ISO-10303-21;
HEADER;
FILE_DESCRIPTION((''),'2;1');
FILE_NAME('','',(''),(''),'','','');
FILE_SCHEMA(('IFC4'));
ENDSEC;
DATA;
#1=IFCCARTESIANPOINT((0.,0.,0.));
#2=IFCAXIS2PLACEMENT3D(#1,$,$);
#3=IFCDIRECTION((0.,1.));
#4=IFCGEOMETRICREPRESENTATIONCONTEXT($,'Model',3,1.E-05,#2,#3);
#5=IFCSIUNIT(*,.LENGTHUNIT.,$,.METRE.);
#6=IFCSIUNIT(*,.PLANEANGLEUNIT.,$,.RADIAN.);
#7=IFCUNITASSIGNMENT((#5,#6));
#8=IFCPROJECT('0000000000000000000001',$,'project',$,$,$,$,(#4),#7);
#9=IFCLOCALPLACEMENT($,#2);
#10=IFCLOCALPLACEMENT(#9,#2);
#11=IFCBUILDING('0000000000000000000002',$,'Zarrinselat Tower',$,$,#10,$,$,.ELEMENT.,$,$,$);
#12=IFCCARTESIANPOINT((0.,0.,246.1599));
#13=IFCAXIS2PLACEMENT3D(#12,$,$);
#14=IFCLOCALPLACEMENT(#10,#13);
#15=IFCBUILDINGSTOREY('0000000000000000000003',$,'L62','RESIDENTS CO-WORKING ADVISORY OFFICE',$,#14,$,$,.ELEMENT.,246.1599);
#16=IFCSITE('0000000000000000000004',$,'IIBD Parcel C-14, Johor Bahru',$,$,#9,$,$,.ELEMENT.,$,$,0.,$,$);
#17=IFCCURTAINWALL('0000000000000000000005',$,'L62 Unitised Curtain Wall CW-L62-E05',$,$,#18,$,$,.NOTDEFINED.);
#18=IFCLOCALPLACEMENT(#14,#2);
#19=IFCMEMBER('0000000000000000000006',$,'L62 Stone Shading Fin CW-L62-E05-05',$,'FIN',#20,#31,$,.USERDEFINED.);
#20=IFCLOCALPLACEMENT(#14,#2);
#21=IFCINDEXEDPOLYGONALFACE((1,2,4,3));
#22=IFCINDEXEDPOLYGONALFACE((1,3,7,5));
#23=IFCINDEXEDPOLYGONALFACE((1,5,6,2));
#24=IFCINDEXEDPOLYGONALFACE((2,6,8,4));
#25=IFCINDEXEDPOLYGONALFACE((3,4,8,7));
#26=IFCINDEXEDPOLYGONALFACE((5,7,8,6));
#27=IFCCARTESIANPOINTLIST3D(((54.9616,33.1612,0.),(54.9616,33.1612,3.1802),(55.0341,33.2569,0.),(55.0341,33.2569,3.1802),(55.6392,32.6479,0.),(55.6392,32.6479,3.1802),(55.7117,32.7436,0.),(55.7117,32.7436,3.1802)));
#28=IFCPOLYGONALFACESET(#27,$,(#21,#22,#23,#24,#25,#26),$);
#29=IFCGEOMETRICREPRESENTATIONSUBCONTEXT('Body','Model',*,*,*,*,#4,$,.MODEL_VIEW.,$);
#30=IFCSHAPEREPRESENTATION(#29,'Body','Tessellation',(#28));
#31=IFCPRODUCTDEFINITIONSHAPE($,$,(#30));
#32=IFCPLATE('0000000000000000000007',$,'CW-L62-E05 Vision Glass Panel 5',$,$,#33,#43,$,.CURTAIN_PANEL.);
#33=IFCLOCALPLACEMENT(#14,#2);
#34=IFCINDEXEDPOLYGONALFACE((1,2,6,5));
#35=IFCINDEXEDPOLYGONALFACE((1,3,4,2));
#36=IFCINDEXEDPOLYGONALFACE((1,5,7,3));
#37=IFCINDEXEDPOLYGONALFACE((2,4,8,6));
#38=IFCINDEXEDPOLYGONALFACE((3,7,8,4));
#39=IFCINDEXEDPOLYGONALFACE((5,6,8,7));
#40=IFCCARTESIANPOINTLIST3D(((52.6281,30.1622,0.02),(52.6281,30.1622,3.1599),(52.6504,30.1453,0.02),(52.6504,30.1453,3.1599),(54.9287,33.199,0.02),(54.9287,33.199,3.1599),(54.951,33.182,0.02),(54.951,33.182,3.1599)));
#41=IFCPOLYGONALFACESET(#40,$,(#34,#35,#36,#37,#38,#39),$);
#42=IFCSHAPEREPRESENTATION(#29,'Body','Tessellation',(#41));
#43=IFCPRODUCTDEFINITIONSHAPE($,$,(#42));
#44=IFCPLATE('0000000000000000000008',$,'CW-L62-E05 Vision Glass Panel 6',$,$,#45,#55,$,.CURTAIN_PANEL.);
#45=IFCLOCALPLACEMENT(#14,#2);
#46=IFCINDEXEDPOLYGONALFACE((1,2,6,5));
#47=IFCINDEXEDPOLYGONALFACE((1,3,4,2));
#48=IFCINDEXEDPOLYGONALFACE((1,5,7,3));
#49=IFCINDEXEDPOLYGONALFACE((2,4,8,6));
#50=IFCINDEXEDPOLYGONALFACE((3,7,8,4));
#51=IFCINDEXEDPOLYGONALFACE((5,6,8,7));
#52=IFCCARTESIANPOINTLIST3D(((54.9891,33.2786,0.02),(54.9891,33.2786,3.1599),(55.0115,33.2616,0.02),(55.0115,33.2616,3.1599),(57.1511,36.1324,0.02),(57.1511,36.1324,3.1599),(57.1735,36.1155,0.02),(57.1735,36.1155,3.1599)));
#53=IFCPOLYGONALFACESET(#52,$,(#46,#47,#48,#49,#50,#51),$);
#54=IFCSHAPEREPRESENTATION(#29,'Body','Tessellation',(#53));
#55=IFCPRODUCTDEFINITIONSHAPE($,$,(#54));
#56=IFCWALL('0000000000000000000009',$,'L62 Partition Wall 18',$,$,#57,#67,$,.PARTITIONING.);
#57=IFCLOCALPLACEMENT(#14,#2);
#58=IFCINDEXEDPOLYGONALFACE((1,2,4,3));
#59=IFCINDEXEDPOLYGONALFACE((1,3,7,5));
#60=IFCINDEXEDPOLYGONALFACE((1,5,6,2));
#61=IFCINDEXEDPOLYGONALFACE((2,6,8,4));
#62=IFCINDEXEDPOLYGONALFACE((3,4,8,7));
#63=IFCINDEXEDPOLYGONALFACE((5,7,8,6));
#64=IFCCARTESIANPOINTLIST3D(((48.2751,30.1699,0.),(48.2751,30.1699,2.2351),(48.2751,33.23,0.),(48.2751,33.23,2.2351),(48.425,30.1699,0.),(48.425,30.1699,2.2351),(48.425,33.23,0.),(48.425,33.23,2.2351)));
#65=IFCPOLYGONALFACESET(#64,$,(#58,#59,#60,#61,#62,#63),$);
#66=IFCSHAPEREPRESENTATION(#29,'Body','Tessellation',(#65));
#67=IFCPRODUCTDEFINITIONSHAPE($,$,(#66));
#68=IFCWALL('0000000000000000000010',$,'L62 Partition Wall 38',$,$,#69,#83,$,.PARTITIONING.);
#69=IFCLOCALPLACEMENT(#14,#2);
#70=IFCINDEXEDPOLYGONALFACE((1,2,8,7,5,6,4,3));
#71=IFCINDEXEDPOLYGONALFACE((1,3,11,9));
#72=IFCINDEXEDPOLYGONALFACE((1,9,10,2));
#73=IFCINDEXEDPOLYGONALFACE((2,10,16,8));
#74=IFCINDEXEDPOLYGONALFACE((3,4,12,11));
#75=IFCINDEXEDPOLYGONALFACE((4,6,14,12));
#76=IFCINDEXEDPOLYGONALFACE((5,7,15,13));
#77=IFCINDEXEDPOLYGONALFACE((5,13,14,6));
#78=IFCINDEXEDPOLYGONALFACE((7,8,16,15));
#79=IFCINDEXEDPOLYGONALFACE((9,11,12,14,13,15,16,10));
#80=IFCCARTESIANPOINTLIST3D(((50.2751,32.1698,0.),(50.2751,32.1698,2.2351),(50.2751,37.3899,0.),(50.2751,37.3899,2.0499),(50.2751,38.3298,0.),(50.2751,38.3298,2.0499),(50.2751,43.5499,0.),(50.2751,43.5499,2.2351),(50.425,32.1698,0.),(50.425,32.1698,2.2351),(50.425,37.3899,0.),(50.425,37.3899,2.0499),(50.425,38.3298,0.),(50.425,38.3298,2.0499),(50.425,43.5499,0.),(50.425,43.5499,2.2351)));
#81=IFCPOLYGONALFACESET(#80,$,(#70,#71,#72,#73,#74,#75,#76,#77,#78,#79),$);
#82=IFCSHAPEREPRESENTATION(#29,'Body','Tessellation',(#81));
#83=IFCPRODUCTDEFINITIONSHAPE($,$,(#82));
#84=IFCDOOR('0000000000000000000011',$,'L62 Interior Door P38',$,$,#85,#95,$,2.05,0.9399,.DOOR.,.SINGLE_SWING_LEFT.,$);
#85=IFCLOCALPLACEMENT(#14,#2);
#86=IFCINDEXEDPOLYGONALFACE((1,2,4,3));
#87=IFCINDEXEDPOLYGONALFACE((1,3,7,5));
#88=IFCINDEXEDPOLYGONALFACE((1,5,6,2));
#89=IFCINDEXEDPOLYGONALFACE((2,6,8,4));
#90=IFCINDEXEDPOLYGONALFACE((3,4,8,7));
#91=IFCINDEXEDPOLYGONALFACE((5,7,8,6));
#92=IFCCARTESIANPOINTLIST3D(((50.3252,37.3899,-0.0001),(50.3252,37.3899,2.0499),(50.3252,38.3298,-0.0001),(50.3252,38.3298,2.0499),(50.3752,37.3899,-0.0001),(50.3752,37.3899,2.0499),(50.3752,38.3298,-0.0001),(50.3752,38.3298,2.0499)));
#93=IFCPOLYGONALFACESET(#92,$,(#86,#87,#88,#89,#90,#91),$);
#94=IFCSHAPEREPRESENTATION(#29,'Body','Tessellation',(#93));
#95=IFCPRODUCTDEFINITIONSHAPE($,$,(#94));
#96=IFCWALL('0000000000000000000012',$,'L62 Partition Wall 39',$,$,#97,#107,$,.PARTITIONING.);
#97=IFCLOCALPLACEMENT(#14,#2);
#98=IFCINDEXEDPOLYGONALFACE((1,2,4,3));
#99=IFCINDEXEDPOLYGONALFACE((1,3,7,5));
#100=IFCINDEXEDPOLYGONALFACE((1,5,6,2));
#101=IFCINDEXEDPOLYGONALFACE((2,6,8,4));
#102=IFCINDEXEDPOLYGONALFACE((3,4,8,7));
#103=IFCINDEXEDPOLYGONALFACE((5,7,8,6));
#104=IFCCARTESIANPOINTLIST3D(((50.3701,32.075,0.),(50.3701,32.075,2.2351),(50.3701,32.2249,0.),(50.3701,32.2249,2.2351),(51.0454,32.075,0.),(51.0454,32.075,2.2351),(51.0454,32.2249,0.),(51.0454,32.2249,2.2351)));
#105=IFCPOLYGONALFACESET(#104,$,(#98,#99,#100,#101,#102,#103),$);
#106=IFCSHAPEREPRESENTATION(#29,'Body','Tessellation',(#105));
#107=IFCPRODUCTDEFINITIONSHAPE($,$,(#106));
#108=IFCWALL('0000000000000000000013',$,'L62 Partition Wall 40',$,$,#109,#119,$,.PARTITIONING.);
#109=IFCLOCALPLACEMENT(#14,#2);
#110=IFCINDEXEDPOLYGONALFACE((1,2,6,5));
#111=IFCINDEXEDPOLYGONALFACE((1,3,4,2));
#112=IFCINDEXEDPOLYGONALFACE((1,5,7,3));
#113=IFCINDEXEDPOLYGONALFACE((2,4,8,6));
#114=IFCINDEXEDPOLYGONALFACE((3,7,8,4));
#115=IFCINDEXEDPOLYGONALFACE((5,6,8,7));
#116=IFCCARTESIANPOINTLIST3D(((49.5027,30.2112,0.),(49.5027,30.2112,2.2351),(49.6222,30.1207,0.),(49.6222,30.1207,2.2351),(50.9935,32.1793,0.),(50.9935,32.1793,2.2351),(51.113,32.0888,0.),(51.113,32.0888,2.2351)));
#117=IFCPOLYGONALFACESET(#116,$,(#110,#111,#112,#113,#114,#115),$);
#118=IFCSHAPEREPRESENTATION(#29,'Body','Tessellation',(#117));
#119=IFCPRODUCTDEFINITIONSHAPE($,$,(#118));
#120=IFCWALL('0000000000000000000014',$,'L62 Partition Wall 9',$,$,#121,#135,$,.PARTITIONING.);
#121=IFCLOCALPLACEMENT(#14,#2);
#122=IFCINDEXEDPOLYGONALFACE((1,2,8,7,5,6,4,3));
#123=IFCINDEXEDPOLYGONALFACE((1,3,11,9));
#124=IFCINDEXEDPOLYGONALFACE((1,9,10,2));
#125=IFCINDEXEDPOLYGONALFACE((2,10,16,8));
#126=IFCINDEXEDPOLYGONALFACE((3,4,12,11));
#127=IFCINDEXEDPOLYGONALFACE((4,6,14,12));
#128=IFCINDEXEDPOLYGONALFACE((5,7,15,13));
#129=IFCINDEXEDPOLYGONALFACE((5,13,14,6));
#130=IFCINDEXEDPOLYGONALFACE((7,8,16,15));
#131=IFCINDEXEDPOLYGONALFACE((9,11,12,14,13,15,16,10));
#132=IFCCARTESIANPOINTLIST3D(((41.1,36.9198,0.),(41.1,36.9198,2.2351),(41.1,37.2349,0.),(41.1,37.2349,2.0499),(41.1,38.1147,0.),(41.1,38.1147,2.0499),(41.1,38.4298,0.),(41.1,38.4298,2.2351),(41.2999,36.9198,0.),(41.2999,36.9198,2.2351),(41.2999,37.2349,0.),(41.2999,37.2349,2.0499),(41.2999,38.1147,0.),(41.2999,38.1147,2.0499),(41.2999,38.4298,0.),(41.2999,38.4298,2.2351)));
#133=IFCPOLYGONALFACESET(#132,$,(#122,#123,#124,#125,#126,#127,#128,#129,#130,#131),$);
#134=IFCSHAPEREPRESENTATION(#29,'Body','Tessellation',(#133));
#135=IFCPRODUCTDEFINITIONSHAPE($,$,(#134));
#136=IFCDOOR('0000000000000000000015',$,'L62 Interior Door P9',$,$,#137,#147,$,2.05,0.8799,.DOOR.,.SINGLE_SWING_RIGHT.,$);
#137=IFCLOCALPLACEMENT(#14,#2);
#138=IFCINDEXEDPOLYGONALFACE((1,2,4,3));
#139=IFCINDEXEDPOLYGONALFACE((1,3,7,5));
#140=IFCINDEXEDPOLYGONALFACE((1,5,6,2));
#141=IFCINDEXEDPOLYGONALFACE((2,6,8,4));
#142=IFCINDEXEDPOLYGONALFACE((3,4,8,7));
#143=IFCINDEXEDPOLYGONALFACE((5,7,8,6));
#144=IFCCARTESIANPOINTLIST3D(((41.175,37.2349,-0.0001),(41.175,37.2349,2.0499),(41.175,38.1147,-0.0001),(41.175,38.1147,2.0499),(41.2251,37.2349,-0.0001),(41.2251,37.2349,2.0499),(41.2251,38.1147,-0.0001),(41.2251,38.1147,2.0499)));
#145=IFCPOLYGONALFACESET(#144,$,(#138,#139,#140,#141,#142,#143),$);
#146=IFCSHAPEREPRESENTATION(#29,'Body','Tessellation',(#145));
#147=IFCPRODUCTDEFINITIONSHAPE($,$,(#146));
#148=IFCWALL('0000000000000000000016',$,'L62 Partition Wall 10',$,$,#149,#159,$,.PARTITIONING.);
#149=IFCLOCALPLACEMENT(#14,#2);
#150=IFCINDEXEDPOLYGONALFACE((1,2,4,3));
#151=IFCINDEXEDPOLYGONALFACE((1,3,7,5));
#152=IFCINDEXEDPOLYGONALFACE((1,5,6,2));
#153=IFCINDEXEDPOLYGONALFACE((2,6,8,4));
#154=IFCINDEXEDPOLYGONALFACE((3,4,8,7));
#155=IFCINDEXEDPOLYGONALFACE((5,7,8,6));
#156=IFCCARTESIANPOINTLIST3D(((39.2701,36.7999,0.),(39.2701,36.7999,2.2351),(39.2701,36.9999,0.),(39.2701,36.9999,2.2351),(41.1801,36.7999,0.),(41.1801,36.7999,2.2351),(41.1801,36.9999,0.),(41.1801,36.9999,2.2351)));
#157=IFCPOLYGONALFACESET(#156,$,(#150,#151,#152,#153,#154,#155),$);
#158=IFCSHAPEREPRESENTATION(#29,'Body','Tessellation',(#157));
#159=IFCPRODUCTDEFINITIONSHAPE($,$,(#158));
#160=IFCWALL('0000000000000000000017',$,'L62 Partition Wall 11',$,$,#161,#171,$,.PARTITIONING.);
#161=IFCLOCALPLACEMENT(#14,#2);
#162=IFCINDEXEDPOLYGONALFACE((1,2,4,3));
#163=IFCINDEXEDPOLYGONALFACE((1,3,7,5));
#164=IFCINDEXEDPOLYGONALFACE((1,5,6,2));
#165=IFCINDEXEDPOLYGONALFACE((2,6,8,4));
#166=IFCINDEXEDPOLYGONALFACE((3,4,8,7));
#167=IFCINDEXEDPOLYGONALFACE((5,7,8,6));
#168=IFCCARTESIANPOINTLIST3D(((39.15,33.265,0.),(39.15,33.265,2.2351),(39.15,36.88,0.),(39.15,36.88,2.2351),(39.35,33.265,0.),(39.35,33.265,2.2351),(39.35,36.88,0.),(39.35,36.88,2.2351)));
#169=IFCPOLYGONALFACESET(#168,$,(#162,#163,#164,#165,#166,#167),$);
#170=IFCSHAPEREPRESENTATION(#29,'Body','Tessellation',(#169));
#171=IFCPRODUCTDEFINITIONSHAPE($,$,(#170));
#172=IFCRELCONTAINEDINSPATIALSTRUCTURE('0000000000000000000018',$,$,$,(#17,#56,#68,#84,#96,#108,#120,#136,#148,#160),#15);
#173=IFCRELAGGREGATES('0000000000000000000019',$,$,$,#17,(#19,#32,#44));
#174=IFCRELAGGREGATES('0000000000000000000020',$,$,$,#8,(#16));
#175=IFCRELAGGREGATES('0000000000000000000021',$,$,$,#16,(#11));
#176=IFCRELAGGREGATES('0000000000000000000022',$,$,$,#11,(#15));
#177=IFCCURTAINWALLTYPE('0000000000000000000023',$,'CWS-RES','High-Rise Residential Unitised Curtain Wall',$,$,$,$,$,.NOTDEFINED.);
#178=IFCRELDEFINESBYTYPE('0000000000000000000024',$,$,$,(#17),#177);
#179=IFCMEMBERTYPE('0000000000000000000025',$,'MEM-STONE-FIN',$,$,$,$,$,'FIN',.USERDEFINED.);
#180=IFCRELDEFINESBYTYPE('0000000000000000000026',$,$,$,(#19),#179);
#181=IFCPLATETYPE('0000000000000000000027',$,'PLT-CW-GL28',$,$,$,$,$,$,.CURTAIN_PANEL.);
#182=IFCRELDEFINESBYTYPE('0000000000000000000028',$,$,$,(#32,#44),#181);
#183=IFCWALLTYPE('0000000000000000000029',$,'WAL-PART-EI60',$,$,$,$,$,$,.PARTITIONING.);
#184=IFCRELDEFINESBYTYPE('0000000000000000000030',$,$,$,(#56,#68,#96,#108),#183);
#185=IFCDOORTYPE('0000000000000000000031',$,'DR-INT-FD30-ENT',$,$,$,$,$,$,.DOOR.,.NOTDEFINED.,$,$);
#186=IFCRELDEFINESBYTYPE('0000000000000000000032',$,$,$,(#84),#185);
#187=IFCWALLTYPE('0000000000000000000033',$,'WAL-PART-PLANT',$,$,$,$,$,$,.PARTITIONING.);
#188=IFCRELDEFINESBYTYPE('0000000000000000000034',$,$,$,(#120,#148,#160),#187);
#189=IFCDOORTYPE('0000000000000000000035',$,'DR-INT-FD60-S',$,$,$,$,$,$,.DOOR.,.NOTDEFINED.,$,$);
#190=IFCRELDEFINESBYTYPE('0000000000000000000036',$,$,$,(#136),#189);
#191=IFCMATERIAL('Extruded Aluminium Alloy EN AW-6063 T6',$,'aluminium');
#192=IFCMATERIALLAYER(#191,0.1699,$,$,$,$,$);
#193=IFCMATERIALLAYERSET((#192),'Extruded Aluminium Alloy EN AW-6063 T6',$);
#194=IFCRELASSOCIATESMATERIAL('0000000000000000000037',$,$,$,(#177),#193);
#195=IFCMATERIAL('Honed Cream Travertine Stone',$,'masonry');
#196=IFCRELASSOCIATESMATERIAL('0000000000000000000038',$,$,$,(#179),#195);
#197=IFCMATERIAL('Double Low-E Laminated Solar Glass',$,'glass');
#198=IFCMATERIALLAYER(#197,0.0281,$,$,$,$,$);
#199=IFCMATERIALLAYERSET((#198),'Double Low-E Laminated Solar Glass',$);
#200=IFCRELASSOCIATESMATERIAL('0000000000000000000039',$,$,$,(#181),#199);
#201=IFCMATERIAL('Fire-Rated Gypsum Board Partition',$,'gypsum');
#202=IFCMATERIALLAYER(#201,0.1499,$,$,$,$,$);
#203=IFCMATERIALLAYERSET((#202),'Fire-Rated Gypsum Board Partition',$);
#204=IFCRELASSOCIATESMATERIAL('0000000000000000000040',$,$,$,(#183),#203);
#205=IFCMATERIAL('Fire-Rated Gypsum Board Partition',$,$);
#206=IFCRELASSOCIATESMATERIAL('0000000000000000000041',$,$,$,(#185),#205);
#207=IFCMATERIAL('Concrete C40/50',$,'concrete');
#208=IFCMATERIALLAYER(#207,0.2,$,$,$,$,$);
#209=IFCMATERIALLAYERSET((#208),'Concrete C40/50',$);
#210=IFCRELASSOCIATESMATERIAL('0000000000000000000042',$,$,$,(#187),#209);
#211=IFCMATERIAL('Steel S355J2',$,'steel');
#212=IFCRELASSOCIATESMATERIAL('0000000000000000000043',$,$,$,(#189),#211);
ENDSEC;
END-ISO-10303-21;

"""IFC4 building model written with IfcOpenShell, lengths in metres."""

from ifc_helpers import new_model, si_unit, direction, frame, frame_2d, origin, origin_2d, place, context, subcontext, project, spatial, rectangle, extrude, material, layer, layer_set, material_profile, profile_set, type_object, element, fill, aggregate, save


model = new_model("IFC4")

# Units and contexts
model_context = context("Model", 3, precision=1e-05, world=origin(), true_north=direction((0.0, 1.0)))
body_context = subcontext(model_context, "Body", "Model", "MODEL_VIEW")
ifc_project = project(units=[si_unit("LENGTHUNIT", "METRE"), si_unit("PLANEANGLEUNIT", "RADIAN")], contexts=[model_context])

# Site, building, storey
site_placement = place(None, origin())
site = spatial("IfcSite", under=ifc_project, at=site_placement, Name="IIBD Parcel C-14, Johor Bahru", CompositionType="ELEMENT", RefElevation=0.0)
building_placement = place(site_placement, origin())
building = spatial("IfcBuilding", under=site, at=building_placement, Name="Zarrinselat Tower", CompositionType="ELEMENT")
storey_placement = place(building_placement, frame((0.0, 0.0, 246.1599)))
storey = spatial("IfcBuildingStorey", under=building, at=storey_placement, Name="L62", Description="RESIDENTS CO-WORKING ADVISORY OFFICE", CompositionType="ELEMENT", Elevation=246.1599)

# Curtain wall, member, plates
ifc_material_1 = material(Name="Extruded Aluminium Alloy EN AW-6063 T6", Category="aluminium")
ifc_layer_1 = layer(ifc_material_1, 0.1699)
ifc_layer_set_1 = layer_set([ifc_layer_1], Name="Extruded Aluminium Alloy EN AW-6063 T6")
curtain_wall_type = type_object("IfcCurtainWallType", Name="CWS-RES", Description="High-Rise Residential Unitised Curtain Wall", PredefinedType="NOTDEFINED", material=ifc_layer_set_1)
curtain_wall_placement = place(storey_placement, origin())
curtain_wall = element("IfcCurtainWall", 1, at=curtain_wall_placement, inside=storey, type_object=curtain_wall_type, Name="L62 Unitised Curtain Wall CW-L62-E05", PredefinedType="NOTDEFINED")
ifc_material_2 = material(Name="Honed Cream Travertine Stone", Category="masonry")
ifc_material_profile_1 = material_profile(ifc_material_2, rectangle(XDim=0.1201, YDim=0.8501, at=origin_2d()), Name="FIN 850x120")
ifc_profile_set_1 = profile_set([ifc_material_profile_1], Name="Honed Cream Travertine Stone")
member_type_1 = type_object("IfcMemberType", Name="MEM-STONE-FIN", ElementType="FIN", PredefinedType="USERDEFINED", material=ifc_profile_set_1)
member_1_placement = place(storey_placement, frame((55.3367, 32.9524, 0.0), z_axis=(0.0, 0.0, 1.0), x_axis=(-0.603858, -0.797092, 0.0)))
member_1 = element("IfcMember", 2, at=member_1_placement, type_object=member_type_1, Name="L62 Stone Shading Fin CW-L62-E05-05", ObjectType="FIN", PredefinedType="USERDEFINED", context=body_context, shape_type="SweptSolid", body=[
    extrude(rectangle(XDim=0.1201, YDim=0.8501, at=origin_2d()), origin(), (0.0, 0.0, 1.0), 3.1802),
])
ifc_material_3 = material(Name="Double Low-E Laminated Solar Glass", Category="glass")
ifc_layer_2 = layer(ifc_material_3, 0.0281)
ifc_layer_set_2 = layer_set([ifc_layer_2], Name="Double Low-E Laminated Solar Glass")
plate_type = type_object("IfcPlateType", Name="PLT-CW-GL28", PredefinedType="CURTAIN_PANEL", material=ifc_layer_set_2)
plate_1_placement = place(storey_placement, frame((53.7896, 31.6721, 0.02), z_axis=(0.0, 0.0, 1.0), x_axis=(0.603858, 0.797092, 0.0)))
plate_1 = element("IfcPlate", 3, at=plate_1_placement, type_object=plate_type, Name="CW-L62-E05 Vision Glass Panel 5", PredefinedType="CURTAIN_PANEL", context=body_context, shape_type="SweptSolid", body=[
    extrude(rectangle(XDim=3.8098, YDim=0.0281, at=origin_2d()), origin(), (0.0, 0.0, 1.0), 3.1399),
])
plate_2_placement = place(storey_placement, frame((56.0813, 34.697, 0.02), z_axis=(0.0, 0.0, 1.0), x_axis=(0.603858, 0.797092, 0.0)))
plate_2 = element("IfcPlate", 4, at=plate_2_placement, type_object=plate_type, Name="CW-L62-E05 Vision Glass Panel 6", PredefinedType="CURTAIN_PANEL", context=body_context, shape_type="SweptSolid", body=[
    extrude(rectangle(XDim=3.5803, YDim=0.0281, at=origin_2d()), origin(), (0.0, 0.0, 1.0), 3.1399),
])
aggregate(curtain_wall, [member_1, plate_1, plate_2])

# Wall
ifc_material_4 = material(Name="Fire-Rated Gypsum Board Partition", Category="gypsum")
ifc_layer_3 = layer(ifc_material_4, 0.1499)
ifc_layer_set_3 = layer_set([ifc_layer_3], Name="Fire-Rated Gypsum Board Partition")
wall_type_1 = type_object("IfcWallType", Name="WAL-PART-EI60", PredefinedType="PARTITIONING", material=ifc_layer_set_3)
wall_1_placement = place(storey_placement, frame((48.3501, 30.1699, 0.0), z_axis=(0.0, 0.0, 1.0), x_axis=(0.0, 1.0, 0.0)))
element("IfcWall", 5, at=wall_1_placement, inside=storey, type_object=wall_type_1, Name="L62 Partition Wall 18", PredefinedType="PARTITIONING", context=body_context, shape_type="SweptSolid", body=[
    extrude(rectangle(XDim=3.0601, YDim=0.1499, at=frame_2d((1.53, 0.0))), origin(), (0.0, 0.0, 1.0), 2.2351),
])

# Wall, opening, door
wall_2_placement = place(storey_placement, frame((50.3501, 32.1699, 0.0), z_axis=(0.0, 0.0, 1.0), x_axis=(0.0, 1.0, 0.0)))
wall_2 = element("IfcWall", 6, at=wall_2_placement, inside=storey, type_object=wall_type_1, Name="L62 Partition Wall 38", PredefinedType="PARTITIONING", context=body_context, shape_type="SweptSolid", body=[
    extrude(rectangle(XDim=11.3801, YDim=0.1499, at=frame_2d((5.6899, 0.0))), origin(), (0.0, 0.0, 1.0), 2.2351),
])
opening_1_placement = place(wall_2_placement, frame((5.22, 0.0, 0.0)))
opening_1 = element("IfcOpeningElement", 7, at=opening_1_placement, cuts=wall_2, PredefinedType="OPENING", context=body_context, shape_type="SweptSolid", body=[
    extrude(rectangle(XDim=0.9399, YDim=2.05, at=frame_2d((0.47, 1.0249))), frame((0.0, 0.085, 0.0), z_axis=(0.0, -1.0, 0.0), x_axis=(1.0, 0.0, 0.0)), (0.0, 0.0, 1.0), 0.1699),
])
ifc_material_5 = material(Name="Fire-Rated Gypsum Board Partition")
door_type_1 = type_object("IfcDoorType", Name="DR-INT-FD30-ENT", OperationType="NOTDEFINED", PredefinedType="DOOR", material=ifc_material_5)
door_1_placement = place(opening_1_placement, origin())
door_1 = element("IfcDoor", 8, at=door_1_placement, inside=storey, type_object=door_type_1, Name="L62 Interior Door P38", OperationType="SINGLE_SWING_LEFT", OverallHeight=2.05, OverallWidth=0.9399, PredefinedType="DOOR", context=body_context, shape_type="SweptSolid", body=[
    extrude(rectangle(XDim=0.9399, YDim=2.05, at=frame_2d((0.47, 1.0249))), frame((0.0, 0.0249, 0.0), z_axis=(0.0, -1.0, 0.0), x_axis=(1.0, 0.0, 0.0)), (0.0, 0.0, 1.0), 0.05),
])
fill(opening_1, door_1)

# Walls
wall_3_placement = place(storey_placement, frame((50.3701, 32.1499, 0.0), z_axis=(0.0, 0.0, 1.0), x_axis=(1.0, 0.0, 0.0)))
element("IfcWall", 9, at=wall_3_placement, inside=storey, type_object=wall_type_1, Name="L62 Partition Wall 39", PredefinedType="PARTITIONING", context=body_context, shape_type="SweptSolid", body=[
    extrude(rectangle(XDim=0.6753, YDim=0.1499, at=frame_2d((0.3376, 0.0))), origin(), (0.0, 0.0, 1.0), 2.2351),
])
wall_4_placement = place(storey_placement, frame((49.5625, 30.166, 0.0), z_axis=(0.0, 0.0, 1.0), x_axis=(0.603806, 0.797131, 0.0)))
element("IfcWall", 10, at=wall_4_placement, inside=storey, type_object=wall_type_1, Name="L62 Partition Wall 40", PredefinedType="PARTITIONING", context=body_context, shape_type="SweptSolid", body=[
    extrude(rectangle(XDim=2.469, YDim=0.1499, at=frame_2d((1.2344, 0.0))), origin(), (0.0, 0.0, 1.0), 2.2351),
])

# Wall, opening, door
ifc_material_6 = material(Name="Concrete C40/50", Category="concrete")
ifc_layer_4 = layer(ifc_material_6, 0.2)
ifc_layer_set_4 = layer_set([ifc_layer_4], Name="Concrete C40/50")
wall_type_2 = type_object("IfcWallType", Name="WAL-PART-PLANT", PredefinedType="PARTITIONING", material=ifc_layer_set_4)
wall_5_placement = place(storey_placement, frame((41.2, 36.9199, 0.0), z_axis=(0.0, 0.0, 1.0), x_axis=(0.0, 1.0, 0.0)))
wall_5 = element("IfcWall", 11, at=wall_5_placement, inside=storey, type_object=wall_type_2, Name="L62 Partition Wall 9", PredefinedType="PARTITIONING", context=body_context, shape_type="SweptSolid", body=[
    extrude(rectangle(XDim=1.51, YDim=0.2, at=frame_2d((0.7549, 0.0))), origin(), (0.0, 0.0, 1.0), 2.2351),
])
opening_2_placement = place(wall_5_placement, frame((0.3149, 0.0, 0.0)))
opening_2 = element("IfcOpeningElement", 12, at=opening_2_placement, cuts=wall_5, PredefinedType="OPENING", context=body_context, shape_type="SweptSolid", body=[
    extrude(rectangle(XDim=0.8799, YDim=2.05, at=frame_2d((0.4399, 1.0249))), frame((0.0, 0.1099, 0.0), z_axis=(0.0, -1.0, 0.0), x_axis=(1.0, 0.0, 0.0)), (0.0, 0.0, 1.0), 0.22),
])
ifc_material_7 = material(Name="Steel S355J2", Category="steel")
door_type_2 = type_object("IfcDoorType", Name="DR-INT-FD60-S", OperationType="NOTDEFINED", PredefinedType="DOOR", material=ifc_material_7)
door_2_placement = place(opening_2_placement, origin())
door_2 = element("IfcDoor", 13, at=door_2_placement, inside=storey, type_object=door_type_2, Name="L62 Interior Door P9", OperationType="SINGLE_SWING_RIGHT", OverallHeight=2.05, OverallWidth=0.8799, PredefinedType="DOOR", context=body_context, shape_type="SweptSolid", body=[
    extrude(rectangle(XDim=0.8799, YDim=2.05, at=frame_2d((0.4399, 1.0249))), frame((0.0, 0.0249, 0.0), z_axis=(0.0, -1.0, 0.0), x_axis=(1.0, 0.0, 0.0)), (0.0, 0.0, 1.0), 0.05),
])
fill(opening_2, door_2)

# Walls
wall_6_placement = place(storey_placement, frame((39.27, 36.8999, 0.0), z_axis=(0.0, 0.0, 1.0), x_axis=(1.0, 0.0, 0.0)))
element("IfcWall", 14, at=wall_6_placement, inside=storey, type_object=wall_type_2, Name="L62 Partition Wall 10", PredefinedType="PARTITIONING", context=body_context, shape_type="SweptSolid", body=[
    extrude(rectangle(XDim=1.9099, YDim=0.2, at=frame_2d((0.9551, 0.0))), origin(), (0.0, 0.0, 1.0), 2.2351),
])
wall_7_placement = place(storey_placement, frame((39.25, 33.2649, 0.0), z_axis=(0.0, 0.0, 1.0), x_axis=(0.0, 1.0, 0.0)))
element("IfcWall", 15, at=wall_7_placement, inside=storey, type_object=wall_type_2, Name="L62 Partition Wall 11", PredefinedType="PARTITIONING", context=body_context, shape_type="SweptSolid", body=[
    extrude(rectangle(XDim=3.615, YDim=0.2, at=frame_2d((1.8076, 0.0))), origin(), (0.0, 0.0, 1.0), 2.2351),
])

save(model, "model.ifc")
